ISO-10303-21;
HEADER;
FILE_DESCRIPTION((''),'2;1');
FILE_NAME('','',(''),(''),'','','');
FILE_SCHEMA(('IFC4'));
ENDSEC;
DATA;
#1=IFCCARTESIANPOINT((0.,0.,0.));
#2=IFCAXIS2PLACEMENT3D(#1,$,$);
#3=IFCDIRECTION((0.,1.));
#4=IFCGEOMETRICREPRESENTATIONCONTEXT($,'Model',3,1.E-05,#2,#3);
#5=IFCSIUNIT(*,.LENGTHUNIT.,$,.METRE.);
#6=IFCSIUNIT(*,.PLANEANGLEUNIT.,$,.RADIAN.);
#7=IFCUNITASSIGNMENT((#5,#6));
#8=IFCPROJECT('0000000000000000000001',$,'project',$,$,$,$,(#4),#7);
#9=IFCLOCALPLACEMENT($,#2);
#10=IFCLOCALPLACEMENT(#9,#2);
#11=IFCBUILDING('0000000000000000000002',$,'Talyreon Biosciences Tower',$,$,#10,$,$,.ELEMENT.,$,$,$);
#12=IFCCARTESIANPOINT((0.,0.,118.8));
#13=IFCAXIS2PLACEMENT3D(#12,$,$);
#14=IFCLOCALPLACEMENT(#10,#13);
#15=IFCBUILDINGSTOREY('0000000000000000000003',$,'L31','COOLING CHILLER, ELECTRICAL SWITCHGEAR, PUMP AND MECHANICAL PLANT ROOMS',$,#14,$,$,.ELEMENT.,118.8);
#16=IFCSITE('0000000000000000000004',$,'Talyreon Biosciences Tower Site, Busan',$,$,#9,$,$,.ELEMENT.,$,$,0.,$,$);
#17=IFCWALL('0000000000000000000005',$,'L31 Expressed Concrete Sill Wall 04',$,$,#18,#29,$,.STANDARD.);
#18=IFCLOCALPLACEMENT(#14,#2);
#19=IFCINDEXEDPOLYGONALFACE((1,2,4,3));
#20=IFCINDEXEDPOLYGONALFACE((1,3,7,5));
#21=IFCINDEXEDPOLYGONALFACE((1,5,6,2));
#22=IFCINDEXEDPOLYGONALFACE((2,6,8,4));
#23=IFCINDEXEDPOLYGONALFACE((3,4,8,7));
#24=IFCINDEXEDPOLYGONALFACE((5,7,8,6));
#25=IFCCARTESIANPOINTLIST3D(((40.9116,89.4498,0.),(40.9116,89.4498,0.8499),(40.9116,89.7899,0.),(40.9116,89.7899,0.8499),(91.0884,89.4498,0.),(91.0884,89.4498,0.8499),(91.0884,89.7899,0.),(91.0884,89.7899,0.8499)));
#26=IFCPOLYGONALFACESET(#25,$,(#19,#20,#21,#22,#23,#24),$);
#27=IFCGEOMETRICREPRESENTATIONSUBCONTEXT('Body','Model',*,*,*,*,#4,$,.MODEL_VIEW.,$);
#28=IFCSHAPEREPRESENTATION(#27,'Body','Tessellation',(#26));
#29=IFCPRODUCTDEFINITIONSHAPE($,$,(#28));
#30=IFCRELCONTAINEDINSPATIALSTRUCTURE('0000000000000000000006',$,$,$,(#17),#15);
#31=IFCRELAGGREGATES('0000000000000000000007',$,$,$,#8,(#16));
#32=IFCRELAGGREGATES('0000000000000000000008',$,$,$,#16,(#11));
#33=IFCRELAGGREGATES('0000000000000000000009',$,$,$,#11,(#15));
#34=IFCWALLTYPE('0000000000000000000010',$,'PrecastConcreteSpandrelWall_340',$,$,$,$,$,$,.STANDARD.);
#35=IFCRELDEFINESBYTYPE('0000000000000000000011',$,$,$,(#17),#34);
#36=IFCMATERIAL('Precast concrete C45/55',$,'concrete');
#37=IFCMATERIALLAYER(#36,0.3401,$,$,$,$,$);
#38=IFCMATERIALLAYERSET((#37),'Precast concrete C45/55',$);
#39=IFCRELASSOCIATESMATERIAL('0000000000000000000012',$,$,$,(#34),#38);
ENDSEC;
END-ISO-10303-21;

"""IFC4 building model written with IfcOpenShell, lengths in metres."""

from ifc_helpers import new_model, si_unit, direction, frame, frame_2d, origin, place, context, subcontext, project, spatial, rectangle, extrude, material, layer, layer_set, type_object, element, save


model = new_model("IFC4")

# Units and contexts
model_context = context("Model", 3, precision=1e-05, world=origin(), true_north=direction((0.0, 1.0)))
body_context = subcontext(model_context, "Body", "Model", "MODEL_VIEW")
ifc_project = project(units=[si_unit("LENGTHUNIT", "METRE"), si_unit("PLANEANGLEUNIT", "RADIAN")], contexts=[model_context])

# Site, building, storey
site_placement = place(None, origin())
site = spatial("IfcSite", under=ifc_project, at=site_placement, Name="Talyreon Biosciences Tower Site, Busan", CompositionType="ELEMENT", RefElevation=0.0)
building_placement = place(site_placement, origin())
building = spatial("IfcBuilding", under=site, at=building_placement, Name="Talyreon Biosciences Tower", CompositionType="ELEMENT")
storey_placement = place(building_placement, frame((0.0, 0.0, 118.8)))
storey = spatial("IfcBuildingStorey", under=building, at=storey_placement, Name="L31", Description="COOLING CHILLER, ELECTRICAL SWITCHGEAR, PUMP AND MECHANICAL PLANT ROOMS", CompositionType="ELEMENT", Elevation=118.8)

# Shared definitions
ifc_material_1 = material(Name="Precast concrete C45/55", Category="concrete")

# Wall
ifc_layer_1 = layer(ifc_material_1, 0.3401)
ifc_layer_set_1 = layer_set([ifc_layer_1], Name="Precast concrete C45/55")
wall_type_1 = type_object("IfcWallType", Name="PrecastConcreteSpandrelWall_340", PredefinedType="STANDARD", material=ifc_layer_set_1)
wall_1_placement = place(storey_placement, frame((40.9116, 89.6199, 0.0), z_axis=(0.0, 0.0, 1.0), x_axis=(1.0, 0.0, 0.0)))
element("IfcWall", 1, at=wall_1_placement, inside=storey, type_object=wall_type_1, Name="L31 Expressed Concrete Sill Wall 04", PredefinedType="STANDARD", context=body_context, shape_type="SweptSolid", body=[
    extrude(rectangle(XDim=50.1768, YDim=0.3401, at=frame_2d((25.0884, 0.0))), origin(), (0.0, 0.0, 1.0), 0.8499),
])

save(model, "model.ifc")
